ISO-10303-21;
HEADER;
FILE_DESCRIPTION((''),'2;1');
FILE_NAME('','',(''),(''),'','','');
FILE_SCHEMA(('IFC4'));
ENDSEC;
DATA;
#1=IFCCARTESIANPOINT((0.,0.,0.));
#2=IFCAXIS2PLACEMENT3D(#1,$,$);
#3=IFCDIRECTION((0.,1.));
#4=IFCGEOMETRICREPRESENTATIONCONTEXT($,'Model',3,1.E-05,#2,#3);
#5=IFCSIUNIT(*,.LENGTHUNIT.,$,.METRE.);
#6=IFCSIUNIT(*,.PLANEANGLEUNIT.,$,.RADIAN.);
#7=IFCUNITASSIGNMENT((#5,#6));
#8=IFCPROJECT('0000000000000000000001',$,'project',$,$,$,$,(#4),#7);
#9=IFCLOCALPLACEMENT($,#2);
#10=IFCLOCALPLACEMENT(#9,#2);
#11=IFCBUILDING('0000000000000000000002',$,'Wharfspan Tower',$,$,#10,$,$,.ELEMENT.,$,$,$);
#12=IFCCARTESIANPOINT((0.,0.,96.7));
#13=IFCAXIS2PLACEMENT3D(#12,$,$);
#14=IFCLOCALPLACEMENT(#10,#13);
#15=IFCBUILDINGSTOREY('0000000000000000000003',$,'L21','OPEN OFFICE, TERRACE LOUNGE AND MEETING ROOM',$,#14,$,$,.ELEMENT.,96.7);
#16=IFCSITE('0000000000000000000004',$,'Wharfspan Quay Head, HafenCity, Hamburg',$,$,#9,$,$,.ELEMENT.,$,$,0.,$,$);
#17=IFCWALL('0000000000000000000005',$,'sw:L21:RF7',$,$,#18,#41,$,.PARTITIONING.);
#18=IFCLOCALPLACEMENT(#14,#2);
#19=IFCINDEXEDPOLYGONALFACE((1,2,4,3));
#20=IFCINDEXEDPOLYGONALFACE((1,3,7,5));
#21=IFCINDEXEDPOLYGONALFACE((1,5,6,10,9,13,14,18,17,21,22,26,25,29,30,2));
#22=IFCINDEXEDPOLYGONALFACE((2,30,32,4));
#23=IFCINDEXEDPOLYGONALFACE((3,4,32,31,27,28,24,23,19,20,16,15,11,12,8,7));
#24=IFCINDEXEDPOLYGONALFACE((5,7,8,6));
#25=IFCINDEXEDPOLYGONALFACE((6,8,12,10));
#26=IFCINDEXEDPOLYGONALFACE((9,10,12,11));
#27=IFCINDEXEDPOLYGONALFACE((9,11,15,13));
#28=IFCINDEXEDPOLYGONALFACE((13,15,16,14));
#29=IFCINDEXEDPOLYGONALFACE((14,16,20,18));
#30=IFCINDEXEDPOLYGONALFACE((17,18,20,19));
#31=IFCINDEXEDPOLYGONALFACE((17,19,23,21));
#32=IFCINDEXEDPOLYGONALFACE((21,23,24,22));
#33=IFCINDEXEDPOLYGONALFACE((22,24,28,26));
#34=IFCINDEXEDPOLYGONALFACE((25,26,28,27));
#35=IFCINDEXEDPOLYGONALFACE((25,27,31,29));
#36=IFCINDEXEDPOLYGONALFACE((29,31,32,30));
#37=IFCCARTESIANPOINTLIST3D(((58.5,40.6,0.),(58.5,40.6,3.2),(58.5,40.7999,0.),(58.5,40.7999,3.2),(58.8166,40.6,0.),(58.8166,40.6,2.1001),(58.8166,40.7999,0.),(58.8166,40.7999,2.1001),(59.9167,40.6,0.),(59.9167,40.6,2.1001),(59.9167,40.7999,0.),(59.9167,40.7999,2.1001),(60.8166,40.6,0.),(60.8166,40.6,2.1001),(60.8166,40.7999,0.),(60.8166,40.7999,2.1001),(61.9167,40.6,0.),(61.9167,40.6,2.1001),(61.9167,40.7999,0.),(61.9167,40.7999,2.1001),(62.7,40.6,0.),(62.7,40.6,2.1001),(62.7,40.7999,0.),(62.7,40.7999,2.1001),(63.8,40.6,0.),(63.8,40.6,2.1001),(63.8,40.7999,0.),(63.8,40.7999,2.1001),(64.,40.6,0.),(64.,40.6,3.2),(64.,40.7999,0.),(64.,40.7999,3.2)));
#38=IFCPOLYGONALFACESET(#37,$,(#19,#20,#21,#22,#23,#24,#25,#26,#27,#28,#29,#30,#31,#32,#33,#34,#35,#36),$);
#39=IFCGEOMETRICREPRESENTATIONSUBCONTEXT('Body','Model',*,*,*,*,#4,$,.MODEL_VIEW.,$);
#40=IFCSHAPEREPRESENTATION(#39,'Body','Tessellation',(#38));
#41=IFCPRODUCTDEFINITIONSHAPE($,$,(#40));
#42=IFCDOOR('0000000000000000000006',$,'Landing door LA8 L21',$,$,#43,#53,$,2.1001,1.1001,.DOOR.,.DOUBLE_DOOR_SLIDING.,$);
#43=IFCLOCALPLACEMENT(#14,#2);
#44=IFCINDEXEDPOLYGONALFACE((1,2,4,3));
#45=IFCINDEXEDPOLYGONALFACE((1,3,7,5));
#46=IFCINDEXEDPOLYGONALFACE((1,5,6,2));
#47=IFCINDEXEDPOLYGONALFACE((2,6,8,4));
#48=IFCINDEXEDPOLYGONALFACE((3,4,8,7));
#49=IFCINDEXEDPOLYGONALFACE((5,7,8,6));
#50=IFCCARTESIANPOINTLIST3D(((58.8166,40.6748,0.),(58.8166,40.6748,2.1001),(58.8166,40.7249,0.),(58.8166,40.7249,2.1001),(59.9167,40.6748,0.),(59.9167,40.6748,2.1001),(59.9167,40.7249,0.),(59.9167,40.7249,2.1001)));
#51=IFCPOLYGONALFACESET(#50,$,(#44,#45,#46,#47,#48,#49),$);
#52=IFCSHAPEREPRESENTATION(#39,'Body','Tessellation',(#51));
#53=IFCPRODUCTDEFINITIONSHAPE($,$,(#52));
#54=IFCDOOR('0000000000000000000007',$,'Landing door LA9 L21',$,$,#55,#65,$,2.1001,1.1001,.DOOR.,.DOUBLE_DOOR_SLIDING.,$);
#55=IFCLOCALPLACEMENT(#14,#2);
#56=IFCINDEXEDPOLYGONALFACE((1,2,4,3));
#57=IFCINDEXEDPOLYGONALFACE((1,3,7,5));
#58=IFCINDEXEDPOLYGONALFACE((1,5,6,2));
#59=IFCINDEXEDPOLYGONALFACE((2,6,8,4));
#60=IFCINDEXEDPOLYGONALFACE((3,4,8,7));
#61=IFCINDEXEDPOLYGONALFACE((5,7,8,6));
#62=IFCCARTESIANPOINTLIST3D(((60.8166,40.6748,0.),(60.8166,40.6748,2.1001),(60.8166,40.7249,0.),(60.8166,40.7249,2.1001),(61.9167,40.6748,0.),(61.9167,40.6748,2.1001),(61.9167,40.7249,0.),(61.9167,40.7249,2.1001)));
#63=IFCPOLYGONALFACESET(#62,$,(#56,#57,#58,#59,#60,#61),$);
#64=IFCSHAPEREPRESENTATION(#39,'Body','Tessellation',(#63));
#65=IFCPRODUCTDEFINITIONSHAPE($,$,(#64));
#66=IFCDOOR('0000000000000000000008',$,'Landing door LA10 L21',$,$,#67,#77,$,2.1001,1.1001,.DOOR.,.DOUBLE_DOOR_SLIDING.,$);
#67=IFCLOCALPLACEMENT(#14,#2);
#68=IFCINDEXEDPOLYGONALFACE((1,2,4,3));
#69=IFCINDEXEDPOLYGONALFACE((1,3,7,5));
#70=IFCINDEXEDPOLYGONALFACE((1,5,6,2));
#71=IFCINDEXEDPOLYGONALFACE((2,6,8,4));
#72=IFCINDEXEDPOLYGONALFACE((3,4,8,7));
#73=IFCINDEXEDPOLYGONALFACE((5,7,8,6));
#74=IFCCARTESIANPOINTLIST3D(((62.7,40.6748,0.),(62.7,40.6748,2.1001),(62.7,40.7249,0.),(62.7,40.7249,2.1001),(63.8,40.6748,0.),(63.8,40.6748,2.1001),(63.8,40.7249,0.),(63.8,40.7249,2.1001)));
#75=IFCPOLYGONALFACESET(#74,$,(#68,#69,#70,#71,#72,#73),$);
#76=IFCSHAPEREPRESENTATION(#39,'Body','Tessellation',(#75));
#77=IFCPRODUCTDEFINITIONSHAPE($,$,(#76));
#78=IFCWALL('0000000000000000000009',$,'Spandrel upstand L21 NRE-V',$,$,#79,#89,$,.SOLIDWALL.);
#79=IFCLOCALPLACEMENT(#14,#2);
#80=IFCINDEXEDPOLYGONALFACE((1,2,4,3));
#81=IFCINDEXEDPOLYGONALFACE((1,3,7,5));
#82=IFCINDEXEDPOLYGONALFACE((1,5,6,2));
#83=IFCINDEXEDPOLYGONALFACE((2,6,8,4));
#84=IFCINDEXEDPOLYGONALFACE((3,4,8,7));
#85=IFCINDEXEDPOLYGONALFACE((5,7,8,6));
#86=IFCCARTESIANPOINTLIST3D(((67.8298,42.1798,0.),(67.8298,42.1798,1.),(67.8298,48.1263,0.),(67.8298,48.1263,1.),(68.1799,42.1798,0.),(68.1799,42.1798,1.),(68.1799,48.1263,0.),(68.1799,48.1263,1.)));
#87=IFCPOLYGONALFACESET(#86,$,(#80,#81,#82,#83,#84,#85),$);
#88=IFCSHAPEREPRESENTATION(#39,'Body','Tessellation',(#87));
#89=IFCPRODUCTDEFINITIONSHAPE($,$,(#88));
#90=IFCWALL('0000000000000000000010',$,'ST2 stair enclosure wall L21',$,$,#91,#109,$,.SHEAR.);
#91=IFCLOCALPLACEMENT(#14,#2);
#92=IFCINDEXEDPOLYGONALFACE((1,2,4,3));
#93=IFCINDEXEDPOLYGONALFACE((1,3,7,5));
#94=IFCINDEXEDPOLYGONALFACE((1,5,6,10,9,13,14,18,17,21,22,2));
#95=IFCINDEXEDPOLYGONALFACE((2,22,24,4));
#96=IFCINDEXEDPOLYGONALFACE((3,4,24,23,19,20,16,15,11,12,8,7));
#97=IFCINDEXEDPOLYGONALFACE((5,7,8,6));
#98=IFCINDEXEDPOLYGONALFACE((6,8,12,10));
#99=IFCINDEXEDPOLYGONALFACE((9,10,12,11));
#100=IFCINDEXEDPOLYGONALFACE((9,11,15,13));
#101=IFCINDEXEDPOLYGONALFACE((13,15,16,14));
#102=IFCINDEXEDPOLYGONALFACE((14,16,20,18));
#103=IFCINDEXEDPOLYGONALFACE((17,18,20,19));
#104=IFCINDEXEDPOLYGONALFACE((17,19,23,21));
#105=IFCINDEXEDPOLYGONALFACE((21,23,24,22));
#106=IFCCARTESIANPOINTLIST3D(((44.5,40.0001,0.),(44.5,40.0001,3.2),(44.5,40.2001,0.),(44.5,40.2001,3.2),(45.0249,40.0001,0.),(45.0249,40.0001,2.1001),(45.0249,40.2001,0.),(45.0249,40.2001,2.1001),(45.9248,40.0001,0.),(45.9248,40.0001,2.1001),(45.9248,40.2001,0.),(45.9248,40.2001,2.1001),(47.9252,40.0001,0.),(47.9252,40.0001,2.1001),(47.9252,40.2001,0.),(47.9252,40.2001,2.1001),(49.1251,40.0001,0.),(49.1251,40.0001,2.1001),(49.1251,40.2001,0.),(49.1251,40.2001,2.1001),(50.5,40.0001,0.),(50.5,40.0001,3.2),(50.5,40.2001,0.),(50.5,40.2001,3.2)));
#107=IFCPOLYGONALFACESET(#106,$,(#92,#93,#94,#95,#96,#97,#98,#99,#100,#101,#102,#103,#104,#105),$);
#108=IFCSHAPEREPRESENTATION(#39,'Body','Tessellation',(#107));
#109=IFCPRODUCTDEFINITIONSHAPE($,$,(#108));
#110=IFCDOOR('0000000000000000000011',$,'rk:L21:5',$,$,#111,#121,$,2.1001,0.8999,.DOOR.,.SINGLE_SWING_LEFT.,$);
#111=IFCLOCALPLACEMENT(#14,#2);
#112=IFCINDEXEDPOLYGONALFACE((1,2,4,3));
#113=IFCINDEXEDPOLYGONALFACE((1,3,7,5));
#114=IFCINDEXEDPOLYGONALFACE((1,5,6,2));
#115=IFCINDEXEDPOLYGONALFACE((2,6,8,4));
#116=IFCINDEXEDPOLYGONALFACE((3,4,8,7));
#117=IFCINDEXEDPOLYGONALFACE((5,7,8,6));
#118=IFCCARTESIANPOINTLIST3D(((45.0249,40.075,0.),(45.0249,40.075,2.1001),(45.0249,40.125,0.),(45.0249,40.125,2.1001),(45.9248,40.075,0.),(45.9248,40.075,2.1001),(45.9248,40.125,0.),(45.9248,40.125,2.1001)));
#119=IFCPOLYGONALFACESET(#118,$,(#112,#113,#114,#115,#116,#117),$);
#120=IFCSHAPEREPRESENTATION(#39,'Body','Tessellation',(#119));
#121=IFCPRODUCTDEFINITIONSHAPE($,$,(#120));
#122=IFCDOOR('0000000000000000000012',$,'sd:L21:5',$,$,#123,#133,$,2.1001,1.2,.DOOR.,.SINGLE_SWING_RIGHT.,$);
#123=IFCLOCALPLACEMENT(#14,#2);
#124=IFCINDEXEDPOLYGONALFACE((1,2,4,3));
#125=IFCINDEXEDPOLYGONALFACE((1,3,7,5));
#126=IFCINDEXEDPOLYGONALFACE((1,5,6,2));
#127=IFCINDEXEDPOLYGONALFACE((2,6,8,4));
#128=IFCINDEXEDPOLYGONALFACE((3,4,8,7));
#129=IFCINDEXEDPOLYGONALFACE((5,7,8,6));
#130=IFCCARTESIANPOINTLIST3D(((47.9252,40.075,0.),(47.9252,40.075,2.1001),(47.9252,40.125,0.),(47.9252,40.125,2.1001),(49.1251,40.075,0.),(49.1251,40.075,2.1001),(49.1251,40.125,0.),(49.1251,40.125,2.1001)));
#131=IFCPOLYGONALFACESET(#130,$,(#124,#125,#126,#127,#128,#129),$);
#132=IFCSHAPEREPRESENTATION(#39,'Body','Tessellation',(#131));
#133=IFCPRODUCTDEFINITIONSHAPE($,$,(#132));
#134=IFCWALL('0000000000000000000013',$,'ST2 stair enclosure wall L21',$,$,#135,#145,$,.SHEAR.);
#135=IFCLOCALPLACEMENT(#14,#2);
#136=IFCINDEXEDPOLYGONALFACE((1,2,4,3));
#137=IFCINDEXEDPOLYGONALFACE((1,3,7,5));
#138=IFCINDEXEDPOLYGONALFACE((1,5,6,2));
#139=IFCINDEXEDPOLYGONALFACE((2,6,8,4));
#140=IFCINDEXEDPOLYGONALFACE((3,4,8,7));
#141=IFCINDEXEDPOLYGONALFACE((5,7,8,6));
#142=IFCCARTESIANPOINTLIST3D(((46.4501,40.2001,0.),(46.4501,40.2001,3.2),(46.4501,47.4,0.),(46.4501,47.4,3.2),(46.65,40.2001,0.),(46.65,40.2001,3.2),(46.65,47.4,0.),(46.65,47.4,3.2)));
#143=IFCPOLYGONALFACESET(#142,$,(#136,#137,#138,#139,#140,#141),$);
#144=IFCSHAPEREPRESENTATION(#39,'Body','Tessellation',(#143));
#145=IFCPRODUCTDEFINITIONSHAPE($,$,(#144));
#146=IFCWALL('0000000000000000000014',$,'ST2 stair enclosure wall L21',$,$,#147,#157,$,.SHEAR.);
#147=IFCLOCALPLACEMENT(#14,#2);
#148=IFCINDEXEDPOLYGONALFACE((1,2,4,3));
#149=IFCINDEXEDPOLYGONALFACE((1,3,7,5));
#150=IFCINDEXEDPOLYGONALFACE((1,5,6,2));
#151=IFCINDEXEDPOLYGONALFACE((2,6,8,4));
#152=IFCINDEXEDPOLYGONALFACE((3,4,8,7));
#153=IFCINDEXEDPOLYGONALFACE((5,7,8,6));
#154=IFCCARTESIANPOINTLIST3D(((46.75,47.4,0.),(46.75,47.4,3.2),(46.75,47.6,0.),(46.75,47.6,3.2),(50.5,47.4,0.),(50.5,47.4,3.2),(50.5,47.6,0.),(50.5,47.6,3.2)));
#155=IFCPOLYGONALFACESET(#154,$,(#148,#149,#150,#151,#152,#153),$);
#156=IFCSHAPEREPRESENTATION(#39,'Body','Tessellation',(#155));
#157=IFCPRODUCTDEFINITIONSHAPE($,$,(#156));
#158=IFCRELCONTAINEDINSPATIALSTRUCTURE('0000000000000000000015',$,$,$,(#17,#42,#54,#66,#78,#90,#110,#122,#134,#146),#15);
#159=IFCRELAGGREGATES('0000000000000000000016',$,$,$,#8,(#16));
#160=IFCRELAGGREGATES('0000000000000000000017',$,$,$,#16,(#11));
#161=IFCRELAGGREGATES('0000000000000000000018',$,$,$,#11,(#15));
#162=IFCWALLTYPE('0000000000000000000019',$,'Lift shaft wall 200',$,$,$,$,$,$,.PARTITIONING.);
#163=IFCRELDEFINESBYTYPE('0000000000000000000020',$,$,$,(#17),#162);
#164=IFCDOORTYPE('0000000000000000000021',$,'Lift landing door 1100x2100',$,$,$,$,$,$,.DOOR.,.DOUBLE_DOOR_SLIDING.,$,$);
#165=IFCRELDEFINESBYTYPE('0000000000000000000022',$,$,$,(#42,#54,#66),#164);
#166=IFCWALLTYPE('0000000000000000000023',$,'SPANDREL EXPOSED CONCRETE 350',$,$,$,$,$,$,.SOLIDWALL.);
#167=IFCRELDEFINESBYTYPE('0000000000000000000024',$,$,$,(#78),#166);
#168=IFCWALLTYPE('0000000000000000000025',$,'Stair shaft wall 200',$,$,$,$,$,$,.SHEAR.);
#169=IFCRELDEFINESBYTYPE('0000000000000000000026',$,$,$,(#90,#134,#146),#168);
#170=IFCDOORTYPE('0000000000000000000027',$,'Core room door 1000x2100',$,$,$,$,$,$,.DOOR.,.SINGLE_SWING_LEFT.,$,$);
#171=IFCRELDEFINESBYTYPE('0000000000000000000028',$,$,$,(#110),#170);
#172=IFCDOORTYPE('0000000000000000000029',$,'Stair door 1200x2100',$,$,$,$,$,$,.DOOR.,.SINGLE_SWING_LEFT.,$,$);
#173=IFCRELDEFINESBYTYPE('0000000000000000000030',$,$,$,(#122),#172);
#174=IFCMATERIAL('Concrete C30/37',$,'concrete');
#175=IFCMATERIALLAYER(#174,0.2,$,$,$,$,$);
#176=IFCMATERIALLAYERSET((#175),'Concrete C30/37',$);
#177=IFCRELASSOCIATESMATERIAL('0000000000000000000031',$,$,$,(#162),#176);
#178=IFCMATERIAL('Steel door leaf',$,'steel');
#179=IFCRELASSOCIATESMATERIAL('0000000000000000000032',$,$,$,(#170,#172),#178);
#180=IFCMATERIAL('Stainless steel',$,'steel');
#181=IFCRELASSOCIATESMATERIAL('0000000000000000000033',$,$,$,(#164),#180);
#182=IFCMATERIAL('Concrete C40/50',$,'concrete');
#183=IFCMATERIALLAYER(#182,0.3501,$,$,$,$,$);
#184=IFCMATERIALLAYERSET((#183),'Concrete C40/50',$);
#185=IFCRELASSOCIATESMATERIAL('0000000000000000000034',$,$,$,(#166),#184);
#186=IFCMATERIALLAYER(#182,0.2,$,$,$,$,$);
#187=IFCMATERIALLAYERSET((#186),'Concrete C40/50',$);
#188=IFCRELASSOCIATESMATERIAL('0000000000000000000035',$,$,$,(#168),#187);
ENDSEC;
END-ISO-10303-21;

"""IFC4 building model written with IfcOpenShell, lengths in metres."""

from ifc_helpers import new_model, si_unit, direction, frame, frame_2d, origin, place, context, subcontext, project, spatial, rectangle, extrude, material, layer, layer_set, type_object, element, fill, save


model = new_model("IFC4")

# Units and contexts
model_context = context("Model", 3, precision=1e-05, world=origin(), true_north=direction((0.0, 1.0)))
body_context = subcontext(model_context, "Body", "Model", "MODEL_VIEW")
ifc_project = project(units=[si_unit("LENGTHUNIT", "METRE"), si_unit("PLANEANGLEUNIT", "RADIAN")], contexts=[model_context])

# Site, building, storey
site_placement = place(None, origin())
site = spatial("IfcSite", under=ifc_project, at=site_placement, Name="Wharfspan Quay Head, HafenCity, Hamburg", CompositionType="ELEMENT", RefElevation=0.0)
building_placement = place(site_placement, origin())
building = spatial("IfcBuilding", under=site, at=building_placement, Name="Wharfspan Tower", CompositionType="ELEMENT")
storey_placement = place(building_placement, frame((0.0, 0.0, 96.7)))
storey = spatial("IfcBuildingStorey", under=building, at=storey_placement, Name="L21", Description="OPEN OFFICE, TERRACE LOUNGE AND MEETING ROOM", CompositionType="ELEMENT", Elevation=96.7)

# Shared definitions
ifc_material_1 = material(Name="Concrete C30/37", Category="concrete")
ifc_layer_1 = layer(ifc_material_1, 0.2)
ifc_layer_set_1 = layer_set([ifc_layer_1], Name="Concrete C30/37")
wall_type_1 = type_object("IfcWallType", Name="Lift shaft wall 200", PredefinedType="PARTITIONING", material=ifc_layer_set_1)
ifc_material_2 = material(Name="Steel door leaf", Category="steel")
door_type_1 = type_object("IfcDoorType", Name="Core room door 1000x2100", OperationType="SINGLE_SWING_LEFT", PredefinedType="DOOR", material=ifc_material_2)

# Wall, openings, doors
wall_1_placement = place(storey_placement, frame((58.5, 40.7, 0.0), z_axis=(0.0, 0.0, 1.0), x_axis=(1.0, 0.0, 0.0)))
wall_1 = element("IfcWall", 1, at=wall_1_placement, inside=storey, type_object=wall_type_1, Name="sw:L21:RF7", PredefinedType="PARTITIONING", context=body_context, shape_type="SweptSolid", body=[
    extrude(rectangle(XDim=5.5, YDim=0.2, at=frame_2d((2.75, 0.0))), origin(), (0.0, 0.0, 1.0), 3.2),
])
opening_1_placement = place(wall_1_placement, frame((0.3166, 0.0, 0.0)))
opening_1 = element("IfcOpeningElement", 2, at=opening_1_placement, cuts=wall_1, PredefinedType="OPENING", context=body_context, shape_type="SweptSolid", body=[
    extrude(rectangle(XDim=1.1001, YDim=2.1001, at=frame_2d((0.55, 1.05))), frame((0.0, 0.1099, 0.0), z_axis=(0.0, -1.0, 0.0), x_axis=(1.0, 0.0, 0.0)), (0.0, 0.0, 1.0), 0.22),
])
opening_2_placement = place(wall_1_placement, frame((2.3167, 0.0, 0.0)))
opening_2 = element("IfcOpeningElement", 3, at=opening_2_placement, cuts=wall_1, PredefinedType="OPENING", context=body_context, shape_type="SweptSolid", body=[
    extrude(rectangle(XDim=1.1001, YDim=2.1001, at=frame_2d((0.55, 1.05))), frame((0.0, 0.1099, 0.0), z_axis=(0.0, -1.0, 0.0), x_axis=(1.0, 0.0, 0.0)), (0.0, 0.0, 1.0), 0.22),
])
opening_3_placement = place(wall_1_placement, frame((4.2, 0.0, 0.0)))
opening_3 = element("IfcOpeningElement", 4, at=opening_3_placement, cuts=wall_1, PredefinedType="OPENING", context=body_context, shape_type="SweptSolid", body=[
    extrude(rectangle(XDim=1.1001, YDim=2.1001, at=frame_2d((0.55, 1.05))), frame((0.0, 0.1099, 0.0), z_axis=(0.0, -1.0, 0.0), x_axis=(1.0, 0.0, 0.0)), (0.0, 0.0, 1.0), 0.22),
])
ifc_material_3 = material(Name="Stainless steel", Category="steel")
door_type_2 = type_object("IfcDoorType", Name="Lift landing door 1100x2100", OperationType="DOUBLE_DOOR_SLIDING", PredefinedType="DOOR", material=ifc_material_3)
door_1_placement = place(opening_1_placement, origin())
door_1 = element("IfcDoor", 5, at=door_1_placement, inside=storey, type_object=door_type_2, Name="Landing door LA8 L21", OperationType="DOUBLE_DOOR_SLIDING", OverallHeight=2.1001, OverallWidth=1.1001, PredefinedType="DOOR", context=body_context, shape_type="SweptSolid", body=[
    extrude(rectangle(XDim=1.1001, YDim=2.1001, at=frame_2d((0.55, 1.05))), frame((0.0, 0.0249, 0.0), z_axis=(0.0, -1.0, 0.0), x_axis=(1.0, 0.0, 0.0)), (0.0, 0.0, 1.0), 0.05),
])
fill(opening_1, door_1)
door_2_placement = place(opening_2_placement, origin())
door_2 = element("IfcDoor", 6, at=door_2_placement, inside=storey, type_object=door_type_2, Name="Landing door LA9 L21", OperationType="DOUBLE_DOOR_SLIDING", OverallHeight=2.1001, OverallWidth=1.1001, PredefinedType="DOOR", context=body_context, shape_type="SweptSolid", body=[
    extrude(rectangle(XDim=1.1001, YDim=2.1001, at=frame_2d((0.55, 1.05))), frame((0.0, 0.0249, 0.0), z_axis=(0.0, -1.0, 0.0), x_axis=(1.0, 0.0, 0.0)), (0.0, 0.0, 1.0), 0.05),
])
fill(opening_2, door_2)
door_3_placement = place(opening_3_placement, origin())
door_3 = element("IfcDoor", 7, at=door_3_placement, inside=storey, type_object=door_type_2, Name="Landing door LA10 L21", OperationType="DOUBLE_DOOR_SLIDING", OverallHeight=2.1001, OverallWidth=1.1001, PredefinedType="DOOR", context=body_context, shape_type="SweptSolid", body=[
    extrude(rectangle(XDim=1.1001, YDim=2.1001, at=frame_2d((0.55, 1.05))), frame((0.0, 0.0249, 0.0), z_axis=(0.0, -1.0, 0.0), x_axis=(1.0, 0.0, 0.0)), (0.0, 0.0, 1.0), 0.05),
])
fill(opening_3, door_3)

# Wall
ifc_material_4 = material(Name="Concrete C40/50", Category="concrete")
ifc_layer_2 = layer(ifc_material_4, 0.3501)
ifc_layer_set_2 = layer_set([ifc_layer_2], Name="Concrete C40/50")
wall_type_2 = type_object("IfcWallType", Name="SPANDREL EXPOSED CONCRETE 350", PredefinedType="SOLIDWALL", material=ifc_layer_set_2)
wall_2_placement = place(storey_placement, frame((68.0049, 42.1799, 0.0), z_axis=(0.0, 0.0, 1.0), x_axis=(0.0, 1.0, 0.0)))
element("IfcWall", 8, at=wall_2_placement, inside=storey, type_object=wall_type_2, Name="Spandrel upstand L21 NRE-V", PredefinedType="SOLIDWALL", context=body_context, shape_type="SweptSolid", body=[
    extrude(rectangle(XDim=5.9465, YDim=0.3501, at=frame_2d((2.9731, 0.0))), origin(), (0.0, 0.0, 1.0), 1.0),
])

# Wall, openings, doors
ifc_layer_3 = layer(ifc_material_4, 0.2)
ifc_layer_set_3 = layer_set([ifc_layer_3], Name="Concrete C40/50")
wall_type_3 = type_object("IfcWallType", Name="Stair shaft wall 200", PredefinedType="SHEAR", material=ifc_layer_set_3)
wall_3_placement = place(storey_placement, frame((44.5, 40.1001, 0.0), z_axis=(0.0, 0.0, 1.0), x_axis=(1.0, 0.0, 0.0)))
wall_3 = element("IfcWall", 9, at=wall_3_placement, inside=storey, type_object=wall_type_3, Name="ST2 stair enclosure wall L21", PredefinedType="SHEAR", context=body_context, shape_type="SweptSolid", body=[
    extrude(rectangle(XDim=6.0, YDim=0.2, at=frame_2d((3.0, 0.0))), origin(), (0.0, 0.0, 1.0), 3.2),
])
opening_4_placement = place(wall_3_placement, frame((3.425, 0.0, 0.0)))
opening_4 = element("IfcOpeningElement", 10, at=opening_4_placement, cuts=wall_3, PredefinedType="OPENING", context=body_context, shape_type="SweptSolid", body=[
    extrude(rectangle(XDim=1.2, YDim=2.1001, at=frame_2d((0.6001, 1.05))), frame((0.0, 0.1099, 0.0), z_axis=(0.0, -1.0, 0.0), x_axis=(1.0, 0.0, 0.0)), (0.0, 0.0, 1.0), 0.22),
])
opening_5_placement = place(wall_3_placement, frame((0.5249, 0.0, 0.0)))
opening_5 = element("IfcOpeningElement", 11, at=opening_5_placement, cuts=wall_3, PredefinedType="OPENING", context=body_context, shape_type="SweptSolid", body=[
    extrude(rectangle(XDim=0.8999, YDim=2.1001, at=frame_2d((0.45, 1.05))), frame((0.0, 0.1099, 0.0), z_axis=(0.0, -1.0, 0.0), x_axis=(1.0, 0.0, 0.0)), (0.0, 0.0, 1.0), 0.22),
])
door_4_placement = place(opening_5_placement, origin())
door_4 = element("IfcDoor", 12, at=door_4_placement, inside=storey, type_object=door_type_1, Name="rk:L21:5", OperationType="SINGLE_SWING_LEFT", OverallHeight=2.1001, OverallWidth=0.8999, PredefinedType="DOOR", context=body_context, shape_type="SweptSolid", body=[
    extrude(rectangle(XDim=0.8999, YDim=2.1001, at=frame_2d((0.45, 1.05))), frame((0.0, 0.0249, 0.0), z_axis=(0.0, -1.0, 0.0), x_axis=(1.0, 0.0, 0.0)), (0.0, 0.0, 1.0), 0.05),
])
fill(opening_5, door_4)
door_type_3 = type_object("IfcDoorType", Name="Stair door 1200x2100", OperationType="SINGLE_SWING_LEFT", PredefinedType="DOOR", material=ifc_material_2)
door_5_placement = place(opening_4_placement, origin())
door_5 = element("IfcDoor", 13, at=door_5_placement, inside=storey, type_object=door_type_3, Name="sd:L21:5", OperationType="SINGLE_SWING_RIGHT", OverallHeight=2.1001, OverallWidth=1.2, PredefinedType="DOOR", context=body_context, shape_type="SweptSolid", body=[
    extrude(rectangle(XDim=1.2, YDim=2.1001, at=frame_2d((0.6001, 1.05))), frame((0.0, 0.0249, 0.0), z_axis=(0.0, -1.0, 0.0), x_axis=(1.0, 0.0, 0.0)), (0.0, 0.0, 1.0), 0.05),
])
fill(opening_4, door_5)

# Walls
wall_4_placement = place(storey_placement, frame((46.55, 40.2, 0.0), z_axis=(0.0, 0.0, 1.0), x_axis=(0.0, 1.0, 0.0)))
element("IfcWall", 14, at=wall_4_placement, inside=storey, type_object=wall_type_3, Name="ST2 stair enclosure wall L21", PredefinedType="SHEAR", context=body_context, shape_type="SweptSolid", body=[
    extrude(rectangle(XDim=7.2, YDim=0.2, at=frame_2d((3.6001, 0.0))), origin(), (0.0, 0.0, 1.0), 3.2),
])
wall_5_placement = place(storey_placement, frame((46.75, 47.5, 0.0), z_axis=(0.0, 0.0, 1.0), x_axis=(1.0, 0.0, 0.0)))
element("IfcWall", 15, at=wall_5_placement, inside=storey, type_object=wall_type_3, Name="ST2 stair enclosure wall L21", PredefinedType="SHEAR", context=body_context, shape_type="SweptSolid", body=[
    extrude(rectangle(XDim=3.75, YDim=0.2, at=frame_2d((1.875, 0.0))), origin(), (0.0, 0.0, 1.0), 3.2),
])

save(model, "model.ifc")
